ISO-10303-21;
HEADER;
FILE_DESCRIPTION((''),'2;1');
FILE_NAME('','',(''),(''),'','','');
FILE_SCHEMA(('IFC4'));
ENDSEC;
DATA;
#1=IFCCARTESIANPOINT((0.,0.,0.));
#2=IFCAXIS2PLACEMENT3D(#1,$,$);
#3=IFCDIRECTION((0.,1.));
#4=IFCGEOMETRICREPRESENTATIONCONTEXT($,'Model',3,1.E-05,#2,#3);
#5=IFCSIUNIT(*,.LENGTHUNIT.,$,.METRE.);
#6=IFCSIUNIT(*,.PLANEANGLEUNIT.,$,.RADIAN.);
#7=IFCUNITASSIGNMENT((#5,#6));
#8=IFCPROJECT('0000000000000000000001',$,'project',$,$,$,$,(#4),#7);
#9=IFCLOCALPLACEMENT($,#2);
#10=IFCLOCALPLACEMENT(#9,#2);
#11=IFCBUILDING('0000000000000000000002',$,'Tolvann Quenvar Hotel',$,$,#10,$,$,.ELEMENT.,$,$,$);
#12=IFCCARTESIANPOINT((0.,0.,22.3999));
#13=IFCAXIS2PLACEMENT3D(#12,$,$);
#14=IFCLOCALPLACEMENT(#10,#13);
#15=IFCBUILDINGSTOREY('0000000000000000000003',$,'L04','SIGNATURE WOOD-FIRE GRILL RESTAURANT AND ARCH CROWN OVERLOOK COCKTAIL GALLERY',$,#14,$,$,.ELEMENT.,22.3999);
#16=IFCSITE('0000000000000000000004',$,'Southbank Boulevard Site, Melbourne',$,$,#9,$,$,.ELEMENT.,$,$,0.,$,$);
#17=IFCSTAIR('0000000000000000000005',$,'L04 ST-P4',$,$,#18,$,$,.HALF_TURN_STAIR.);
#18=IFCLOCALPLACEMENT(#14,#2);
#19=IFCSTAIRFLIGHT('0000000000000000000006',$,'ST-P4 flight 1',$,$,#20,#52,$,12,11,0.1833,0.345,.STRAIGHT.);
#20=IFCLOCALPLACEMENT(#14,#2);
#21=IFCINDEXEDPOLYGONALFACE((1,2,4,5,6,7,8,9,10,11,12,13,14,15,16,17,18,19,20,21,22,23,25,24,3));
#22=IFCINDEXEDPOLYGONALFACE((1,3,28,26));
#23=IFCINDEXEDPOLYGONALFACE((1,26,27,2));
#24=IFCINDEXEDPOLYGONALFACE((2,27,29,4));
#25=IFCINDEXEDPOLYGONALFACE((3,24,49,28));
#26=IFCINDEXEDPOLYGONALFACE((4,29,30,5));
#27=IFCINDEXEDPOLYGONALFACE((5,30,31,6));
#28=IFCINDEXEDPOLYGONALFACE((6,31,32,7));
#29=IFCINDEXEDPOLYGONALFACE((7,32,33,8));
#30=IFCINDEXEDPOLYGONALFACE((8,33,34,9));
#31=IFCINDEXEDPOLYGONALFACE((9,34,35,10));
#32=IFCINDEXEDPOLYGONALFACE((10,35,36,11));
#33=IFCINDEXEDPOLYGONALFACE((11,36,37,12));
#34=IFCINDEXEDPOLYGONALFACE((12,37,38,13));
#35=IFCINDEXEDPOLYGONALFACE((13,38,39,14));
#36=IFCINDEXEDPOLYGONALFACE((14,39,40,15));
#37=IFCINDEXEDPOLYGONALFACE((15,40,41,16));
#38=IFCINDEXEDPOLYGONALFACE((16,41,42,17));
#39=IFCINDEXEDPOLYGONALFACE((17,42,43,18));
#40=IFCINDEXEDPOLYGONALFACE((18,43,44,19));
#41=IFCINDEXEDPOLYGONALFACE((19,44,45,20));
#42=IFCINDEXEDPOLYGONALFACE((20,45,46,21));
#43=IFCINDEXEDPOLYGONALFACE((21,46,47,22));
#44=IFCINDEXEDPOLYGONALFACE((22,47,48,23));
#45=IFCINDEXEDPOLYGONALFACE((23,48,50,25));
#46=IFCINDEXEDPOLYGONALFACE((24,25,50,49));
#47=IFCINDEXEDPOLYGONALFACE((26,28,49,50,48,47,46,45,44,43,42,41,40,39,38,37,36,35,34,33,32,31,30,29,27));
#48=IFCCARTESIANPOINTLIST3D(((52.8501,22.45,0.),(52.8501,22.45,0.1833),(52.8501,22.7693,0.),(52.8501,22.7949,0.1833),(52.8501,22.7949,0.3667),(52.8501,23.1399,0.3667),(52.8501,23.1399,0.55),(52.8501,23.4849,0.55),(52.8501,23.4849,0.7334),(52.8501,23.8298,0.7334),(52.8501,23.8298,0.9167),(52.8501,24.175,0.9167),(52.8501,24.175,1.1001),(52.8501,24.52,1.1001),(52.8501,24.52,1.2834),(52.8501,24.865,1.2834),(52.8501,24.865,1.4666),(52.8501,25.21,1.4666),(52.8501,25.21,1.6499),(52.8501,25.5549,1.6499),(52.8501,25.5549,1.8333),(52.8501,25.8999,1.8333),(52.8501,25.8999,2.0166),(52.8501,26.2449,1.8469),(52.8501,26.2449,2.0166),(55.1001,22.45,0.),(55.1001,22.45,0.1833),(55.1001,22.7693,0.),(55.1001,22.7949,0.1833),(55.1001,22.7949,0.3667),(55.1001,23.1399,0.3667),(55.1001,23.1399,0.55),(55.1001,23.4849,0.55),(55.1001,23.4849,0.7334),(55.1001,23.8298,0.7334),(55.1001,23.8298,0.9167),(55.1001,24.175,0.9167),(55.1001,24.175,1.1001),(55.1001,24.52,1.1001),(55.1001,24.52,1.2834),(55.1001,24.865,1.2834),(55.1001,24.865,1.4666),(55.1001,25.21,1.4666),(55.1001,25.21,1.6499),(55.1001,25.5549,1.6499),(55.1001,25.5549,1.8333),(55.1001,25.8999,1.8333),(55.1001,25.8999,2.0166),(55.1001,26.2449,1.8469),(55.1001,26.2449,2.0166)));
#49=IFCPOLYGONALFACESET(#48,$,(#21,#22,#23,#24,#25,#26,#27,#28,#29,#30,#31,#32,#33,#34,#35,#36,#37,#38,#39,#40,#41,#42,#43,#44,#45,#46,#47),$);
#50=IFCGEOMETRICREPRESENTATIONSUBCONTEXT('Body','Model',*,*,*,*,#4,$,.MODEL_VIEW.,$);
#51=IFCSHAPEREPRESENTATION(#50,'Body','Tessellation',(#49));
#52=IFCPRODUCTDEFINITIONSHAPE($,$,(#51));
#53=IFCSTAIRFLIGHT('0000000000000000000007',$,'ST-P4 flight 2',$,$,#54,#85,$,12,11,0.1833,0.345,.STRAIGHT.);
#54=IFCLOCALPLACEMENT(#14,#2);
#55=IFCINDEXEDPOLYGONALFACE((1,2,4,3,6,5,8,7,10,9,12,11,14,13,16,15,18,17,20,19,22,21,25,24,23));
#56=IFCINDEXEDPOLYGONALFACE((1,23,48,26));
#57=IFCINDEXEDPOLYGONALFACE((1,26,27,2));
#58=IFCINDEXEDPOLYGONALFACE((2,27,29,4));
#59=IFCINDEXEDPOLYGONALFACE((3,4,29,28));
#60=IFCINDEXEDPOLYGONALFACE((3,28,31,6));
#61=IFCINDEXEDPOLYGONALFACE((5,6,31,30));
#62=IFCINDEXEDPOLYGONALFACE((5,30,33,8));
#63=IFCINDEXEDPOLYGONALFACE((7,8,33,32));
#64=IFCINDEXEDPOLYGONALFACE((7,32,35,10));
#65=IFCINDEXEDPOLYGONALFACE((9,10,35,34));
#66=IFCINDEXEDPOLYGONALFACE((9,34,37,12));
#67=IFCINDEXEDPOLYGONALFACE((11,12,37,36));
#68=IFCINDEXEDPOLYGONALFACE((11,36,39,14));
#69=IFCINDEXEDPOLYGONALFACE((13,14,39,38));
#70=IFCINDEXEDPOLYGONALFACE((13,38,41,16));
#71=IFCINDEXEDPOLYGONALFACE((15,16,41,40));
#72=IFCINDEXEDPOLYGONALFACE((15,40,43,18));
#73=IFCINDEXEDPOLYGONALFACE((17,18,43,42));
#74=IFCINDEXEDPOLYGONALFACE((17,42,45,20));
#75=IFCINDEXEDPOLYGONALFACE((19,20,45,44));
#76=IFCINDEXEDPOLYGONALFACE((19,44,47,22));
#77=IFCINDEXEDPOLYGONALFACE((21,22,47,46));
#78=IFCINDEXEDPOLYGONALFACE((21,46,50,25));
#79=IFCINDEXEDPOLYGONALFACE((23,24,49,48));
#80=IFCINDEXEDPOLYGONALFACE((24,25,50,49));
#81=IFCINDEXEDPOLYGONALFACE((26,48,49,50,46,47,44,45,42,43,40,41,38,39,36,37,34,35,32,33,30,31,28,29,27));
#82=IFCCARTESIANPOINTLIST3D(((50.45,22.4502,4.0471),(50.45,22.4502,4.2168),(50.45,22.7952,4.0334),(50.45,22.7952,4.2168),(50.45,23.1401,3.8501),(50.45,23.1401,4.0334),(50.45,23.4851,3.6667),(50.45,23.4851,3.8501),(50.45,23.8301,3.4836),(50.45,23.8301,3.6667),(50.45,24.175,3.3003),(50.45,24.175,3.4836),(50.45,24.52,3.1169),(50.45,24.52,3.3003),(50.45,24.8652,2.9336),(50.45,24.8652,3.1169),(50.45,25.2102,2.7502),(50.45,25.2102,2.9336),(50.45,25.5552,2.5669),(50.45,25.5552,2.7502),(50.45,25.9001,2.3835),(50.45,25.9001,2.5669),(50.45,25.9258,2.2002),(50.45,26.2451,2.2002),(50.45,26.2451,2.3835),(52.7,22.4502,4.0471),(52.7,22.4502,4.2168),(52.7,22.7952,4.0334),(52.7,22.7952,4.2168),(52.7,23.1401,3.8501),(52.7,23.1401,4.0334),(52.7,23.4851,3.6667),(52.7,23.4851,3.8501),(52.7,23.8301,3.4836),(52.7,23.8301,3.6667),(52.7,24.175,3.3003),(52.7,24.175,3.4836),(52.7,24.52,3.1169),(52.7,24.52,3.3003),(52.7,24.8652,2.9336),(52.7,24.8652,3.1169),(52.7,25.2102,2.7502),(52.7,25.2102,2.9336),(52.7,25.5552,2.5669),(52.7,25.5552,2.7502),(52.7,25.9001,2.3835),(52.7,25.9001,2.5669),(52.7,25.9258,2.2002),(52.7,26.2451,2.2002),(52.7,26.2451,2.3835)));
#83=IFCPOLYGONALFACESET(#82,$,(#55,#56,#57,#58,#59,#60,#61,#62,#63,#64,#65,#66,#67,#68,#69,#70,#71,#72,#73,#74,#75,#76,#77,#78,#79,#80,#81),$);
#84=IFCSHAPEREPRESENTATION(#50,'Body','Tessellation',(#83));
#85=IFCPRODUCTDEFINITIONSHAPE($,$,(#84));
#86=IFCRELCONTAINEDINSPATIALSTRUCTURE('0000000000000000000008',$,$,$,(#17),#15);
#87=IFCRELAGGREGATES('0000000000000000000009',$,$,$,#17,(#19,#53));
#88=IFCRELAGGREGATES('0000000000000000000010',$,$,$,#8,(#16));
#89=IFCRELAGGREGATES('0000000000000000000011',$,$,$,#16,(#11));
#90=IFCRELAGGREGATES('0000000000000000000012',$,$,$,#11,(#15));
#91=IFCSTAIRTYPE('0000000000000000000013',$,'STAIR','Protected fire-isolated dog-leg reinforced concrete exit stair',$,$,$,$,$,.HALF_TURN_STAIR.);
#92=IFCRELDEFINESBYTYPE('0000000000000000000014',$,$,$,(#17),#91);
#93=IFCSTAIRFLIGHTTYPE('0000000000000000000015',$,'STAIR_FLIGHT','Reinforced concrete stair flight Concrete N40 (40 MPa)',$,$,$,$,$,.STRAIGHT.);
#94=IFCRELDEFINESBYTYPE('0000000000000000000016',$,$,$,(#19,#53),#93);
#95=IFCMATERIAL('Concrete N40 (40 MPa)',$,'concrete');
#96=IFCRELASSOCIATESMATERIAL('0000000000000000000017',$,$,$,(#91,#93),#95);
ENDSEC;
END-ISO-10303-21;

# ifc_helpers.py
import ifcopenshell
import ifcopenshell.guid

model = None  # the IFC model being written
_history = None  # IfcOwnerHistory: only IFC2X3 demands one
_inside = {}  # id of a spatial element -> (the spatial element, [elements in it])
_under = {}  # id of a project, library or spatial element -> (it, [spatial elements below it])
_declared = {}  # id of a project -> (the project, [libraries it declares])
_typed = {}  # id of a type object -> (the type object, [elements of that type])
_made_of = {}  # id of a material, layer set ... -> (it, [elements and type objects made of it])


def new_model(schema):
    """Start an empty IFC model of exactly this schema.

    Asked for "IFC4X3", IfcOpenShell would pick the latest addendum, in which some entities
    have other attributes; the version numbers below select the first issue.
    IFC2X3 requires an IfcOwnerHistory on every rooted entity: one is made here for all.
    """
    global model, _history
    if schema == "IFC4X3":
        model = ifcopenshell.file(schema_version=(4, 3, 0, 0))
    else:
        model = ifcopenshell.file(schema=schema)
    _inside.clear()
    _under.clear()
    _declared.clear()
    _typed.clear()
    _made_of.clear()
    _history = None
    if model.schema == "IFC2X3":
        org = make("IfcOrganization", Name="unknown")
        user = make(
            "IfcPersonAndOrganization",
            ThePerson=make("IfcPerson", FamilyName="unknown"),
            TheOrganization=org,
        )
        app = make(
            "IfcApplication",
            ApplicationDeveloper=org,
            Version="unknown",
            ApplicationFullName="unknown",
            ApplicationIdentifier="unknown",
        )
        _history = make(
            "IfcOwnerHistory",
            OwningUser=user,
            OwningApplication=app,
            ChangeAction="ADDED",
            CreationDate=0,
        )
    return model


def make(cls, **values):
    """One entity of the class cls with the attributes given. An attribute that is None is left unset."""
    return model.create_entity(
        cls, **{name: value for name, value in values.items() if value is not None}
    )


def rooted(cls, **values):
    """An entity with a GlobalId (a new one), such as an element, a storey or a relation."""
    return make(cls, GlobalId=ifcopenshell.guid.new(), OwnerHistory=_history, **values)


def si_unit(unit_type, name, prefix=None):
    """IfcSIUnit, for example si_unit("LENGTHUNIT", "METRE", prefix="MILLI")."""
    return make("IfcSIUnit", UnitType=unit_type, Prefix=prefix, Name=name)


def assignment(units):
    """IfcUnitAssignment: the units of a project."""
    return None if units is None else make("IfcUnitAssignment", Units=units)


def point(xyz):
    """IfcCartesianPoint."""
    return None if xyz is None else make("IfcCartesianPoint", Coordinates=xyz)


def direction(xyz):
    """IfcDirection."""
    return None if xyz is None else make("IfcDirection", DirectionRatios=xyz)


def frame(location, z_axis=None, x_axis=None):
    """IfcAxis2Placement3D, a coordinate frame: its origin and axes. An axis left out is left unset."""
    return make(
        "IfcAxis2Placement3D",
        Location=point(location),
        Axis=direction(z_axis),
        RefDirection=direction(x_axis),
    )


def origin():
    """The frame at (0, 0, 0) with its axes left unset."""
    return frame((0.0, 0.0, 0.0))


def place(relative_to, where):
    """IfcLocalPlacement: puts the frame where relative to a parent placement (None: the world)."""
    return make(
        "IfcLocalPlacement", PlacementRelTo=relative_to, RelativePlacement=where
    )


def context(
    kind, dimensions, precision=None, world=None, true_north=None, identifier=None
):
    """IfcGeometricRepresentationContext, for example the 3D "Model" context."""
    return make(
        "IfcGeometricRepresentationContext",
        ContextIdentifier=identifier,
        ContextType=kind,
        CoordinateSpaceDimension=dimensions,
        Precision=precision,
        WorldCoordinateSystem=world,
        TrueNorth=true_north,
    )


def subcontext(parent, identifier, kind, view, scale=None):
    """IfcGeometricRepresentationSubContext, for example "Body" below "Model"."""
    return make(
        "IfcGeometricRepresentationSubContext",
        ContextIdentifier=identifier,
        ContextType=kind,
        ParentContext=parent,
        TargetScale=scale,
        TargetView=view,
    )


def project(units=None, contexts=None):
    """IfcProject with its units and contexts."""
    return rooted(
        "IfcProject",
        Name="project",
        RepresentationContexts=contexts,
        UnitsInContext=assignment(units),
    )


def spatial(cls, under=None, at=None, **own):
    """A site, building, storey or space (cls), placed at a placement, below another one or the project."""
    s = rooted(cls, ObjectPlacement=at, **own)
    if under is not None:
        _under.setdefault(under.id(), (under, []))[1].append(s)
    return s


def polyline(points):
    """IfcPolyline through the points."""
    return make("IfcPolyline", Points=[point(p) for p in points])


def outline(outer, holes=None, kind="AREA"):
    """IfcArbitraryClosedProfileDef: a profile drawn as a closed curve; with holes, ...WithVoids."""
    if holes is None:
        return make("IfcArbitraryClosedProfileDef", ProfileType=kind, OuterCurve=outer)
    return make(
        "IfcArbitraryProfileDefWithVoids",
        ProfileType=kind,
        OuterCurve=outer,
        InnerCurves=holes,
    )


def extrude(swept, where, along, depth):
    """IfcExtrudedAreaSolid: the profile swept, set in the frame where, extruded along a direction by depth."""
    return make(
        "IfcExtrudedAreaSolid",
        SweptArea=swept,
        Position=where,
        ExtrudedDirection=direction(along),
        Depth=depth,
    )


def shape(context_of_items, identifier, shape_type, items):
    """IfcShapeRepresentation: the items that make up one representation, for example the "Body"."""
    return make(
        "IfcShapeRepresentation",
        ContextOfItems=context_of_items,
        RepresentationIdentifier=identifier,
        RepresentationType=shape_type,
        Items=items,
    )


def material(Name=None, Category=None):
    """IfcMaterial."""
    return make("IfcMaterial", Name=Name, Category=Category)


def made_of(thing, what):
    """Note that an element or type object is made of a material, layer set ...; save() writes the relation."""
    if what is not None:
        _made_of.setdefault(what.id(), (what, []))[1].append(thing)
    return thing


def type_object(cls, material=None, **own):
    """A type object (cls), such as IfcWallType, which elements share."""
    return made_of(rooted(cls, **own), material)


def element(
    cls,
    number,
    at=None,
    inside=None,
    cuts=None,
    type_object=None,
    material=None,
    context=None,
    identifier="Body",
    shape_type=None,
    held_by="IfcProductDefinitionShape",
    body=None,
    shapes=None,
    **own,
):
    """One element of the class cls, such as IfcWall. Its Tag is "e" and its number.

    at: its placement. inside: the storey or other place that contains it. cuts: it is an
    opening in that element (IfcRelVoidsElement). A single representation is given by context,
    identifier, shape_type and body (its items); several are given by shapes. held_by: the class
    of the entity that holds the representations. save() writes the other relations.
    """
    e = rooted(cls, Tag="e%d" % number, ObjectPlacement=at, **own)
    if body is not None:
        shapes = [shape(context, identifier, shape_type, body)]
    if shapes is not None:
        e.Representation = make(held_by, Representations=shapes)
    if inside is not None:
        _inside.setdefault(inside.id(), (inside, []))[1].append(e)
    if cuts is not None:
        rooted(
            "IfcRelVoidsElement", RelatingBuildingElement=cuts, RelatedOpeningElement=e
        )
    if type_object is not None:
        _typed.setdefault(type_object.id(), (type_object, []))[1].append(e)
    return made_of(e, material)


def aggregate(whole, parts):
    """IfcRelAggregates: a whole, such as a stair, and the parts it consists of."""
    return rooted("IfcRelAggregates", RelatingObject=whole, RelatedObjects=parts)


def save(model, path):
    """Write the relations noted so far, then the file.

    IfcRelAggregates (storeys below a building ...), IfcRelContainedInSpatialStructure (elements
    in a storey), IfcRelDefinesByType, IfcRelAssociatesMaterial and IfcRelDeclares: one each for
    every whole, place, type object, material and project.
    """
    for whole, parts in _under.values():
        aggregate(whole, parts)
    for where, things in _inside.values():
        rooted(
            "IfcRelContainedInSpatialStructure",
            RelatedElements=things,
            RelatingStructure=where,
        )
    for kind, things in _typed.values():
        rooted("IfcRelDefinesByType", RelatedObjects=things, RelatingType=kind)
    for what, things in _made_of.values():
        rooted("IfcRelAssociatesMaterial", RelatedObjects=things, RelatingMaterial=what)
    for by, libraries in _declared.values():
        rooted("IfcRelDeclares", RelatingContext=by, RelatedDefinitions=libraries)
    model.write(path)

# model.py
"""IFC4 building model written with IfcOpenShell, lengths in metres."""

from ifc_helpers import new_model, si_unit, direction, frame, origin, place, context, subcontext, project, spatial, polyline, outline, extrude, material, type_object, element, aggregate, save


model = new_model("IFC4")

# Units and contexts
model_context = context("Model", 3, precision=1e-05, world=origin(), true_north=direction((0.0, 1.0)))
body_context = subcontext(model_context, "Body", "Model", "MODEL_VIEW")
ifc_project = project(units=[si_unit("LENGTHUNIT", "METRE"), si_unit("PLANEANGLEUNIT", "RADIAN")], contexts=[model_context])

# Site, building, storey
site_placement = place(None, origin())
site = spatial("IfcSite", under=ifc_project, at=site_placement, Name="Southbank Boulevard Site, Melbourne", CompositionType="ELEMENT", RefElevation=0.0)
building_placement = place(site_placement, origin())
building = spatial("IfcBuilding", under=site, at=building_placement, Name="Tolvann Quenvar Hotel", CompositionType="ELEMENT")
storey_placement = place(building_placement, frame((0.0, 0.0, 22.3999)))
storey = spatial("IfcBuildingStorey", under=building, at=storey_placement, Name="L04", Description="SIGNATURE WOOD-FIRE GRILL RESTAURANT AND ARCH CROWN OVERLOOK COCKTAIL GALLERY", CompositionType="ELEMENT", Elevation=22.3999)

# Stair, stair flights
ifc_material_1 = material(Name="Concrete N40 (40 MPa)", Category="concrete")
stair_type = type_object("IfcStairType", Name="STAIR", Description="Protected fire-isolated dog-leg reinforced concrete exit stair", PredefinedType="HALF_TURN_STAIR", material=ifc_material_1)
stair_placement = place(storey_placement, origin())
stair = element("IfcStair", 1, at=stair_placement, inside=storey, type_object=stair_type, Name="L04 ST-P4", PredefinedType="HALF_TURN_STAIR")
stair_flight_type = type_object("IfcStairFlightType", Name="STAIR_FLIGHT", Description="Reinforced concrete stair flight Concrete N40 (40 MPa)", PredefinedType="STRAIGHT", material=ifc_material_1)
stair_flight_1_placement = place(storey_placement, frame((53.9751, 22.45, 0.0), z_axis=(0.0, 0.0, 1.0), x_axis=(0.0, 1.0, 0.0)))
stair_flight_1 = element("IfcStairFlight", 2, at=stair_flight_1_placement, type_object=stair_flight_type, Name="ST-P4 flight 1", NumberOfRisers=12, NumberOfTreads=11, PredefinedType="STRAIGHT", RiserHeight=0.1833, TreadLength=0.345, context=body_context, shape_type="SweptSolid", body=[
    extrude(outline(polyline([(0.0, 0.0), (0.0, 0.1833), (0.345, 0.1833), (0.345, 0.3667), (0.6899, 0.3667), (0.6899, 0.55), (1.0349, 0.55), (1.0349, 0.7334), (1.3799, 0.7334), (1.3799, 0.9167), (1.7251, 0.9167), (1.7251, 1.1001), (2.0701, 1.1001), (2.0701, 1.2834), (2.415, 1.2834), (2.415, 1.4666), (2.76, 1.4666), (2.76, 1.6499), (3.105, 1.6499), (3.105, 1.8333), (3.45, 1.8333), (3.45, 2.0166), (3.7949, 2.0166), (3.7949, 2.2), (3.7949, 1.8469), (0.3193, 0.0), (0.0, 0.0)])), frame((0.0, 1.125, 0.0), z_axis=(0.0, -1.0, 0.0), x_axis=(1.0, 0.0, 0.0)), (0.0, 0.0, 1.0), 2.25),
])
stair_flight_2_placement = place(storey_placement, frame((51.575, 26.2451, 2.2002), z_axis=(0.0, 0.0, 1.0), x_axis=(0.0, -1.0, 0.0)))
stair_flight_2 = element("IfcStairFlight", 3, at=stair_flight_2_placement, type_object=stair_flight_type, Name="ST-P4 flight 2", NumberOfRisers=12, NumberOfTreads=11, PredefinedType="STRAIGHT", RiserHeight=0.1833, TreadLength=0.345, context=body_context, shape_type="SweptSolid", body=[
    extrude(outline(polyline([(0.0, 0.0), (0.0, 0.1833), (0.345, 0.1833), (0.345, 0.3667), (0.6899, 0.3667), (0.6899, 0.55), (1.0349, 0.55), (1.0349, 0.7334), (1.3799, 0.7334), (1.3799, 0.9167), (1.7251, 0.9167), (1.7251, 1.1001), (2.0701, 1.1001), (2.0701, 1.2834), (2.415, 1.2834), (2.415, 1.4666), (2.76, 1.4666), (2.76, 1.6499), (3.105, 1.6499), (3.105, 1.8333), (3.45, 1.8333), (3.45, 2.0166), (3.7949, 2.0166), (3.7949, 2.2), (3.7949, 1.8469), (0.3193, 0.0), (0.0, 0.0)])), frame((0.0, 1.125, 0.0), z_axis=(0.0, -1.0, 0.0), x_axis=(1.0, 0.0, 0.0)), (0.0, 0.0, 1.0), 2.25),
])
aggregate(stair, [stair_flight_1, stair_flight_2])

save(model, "model.ifc")
